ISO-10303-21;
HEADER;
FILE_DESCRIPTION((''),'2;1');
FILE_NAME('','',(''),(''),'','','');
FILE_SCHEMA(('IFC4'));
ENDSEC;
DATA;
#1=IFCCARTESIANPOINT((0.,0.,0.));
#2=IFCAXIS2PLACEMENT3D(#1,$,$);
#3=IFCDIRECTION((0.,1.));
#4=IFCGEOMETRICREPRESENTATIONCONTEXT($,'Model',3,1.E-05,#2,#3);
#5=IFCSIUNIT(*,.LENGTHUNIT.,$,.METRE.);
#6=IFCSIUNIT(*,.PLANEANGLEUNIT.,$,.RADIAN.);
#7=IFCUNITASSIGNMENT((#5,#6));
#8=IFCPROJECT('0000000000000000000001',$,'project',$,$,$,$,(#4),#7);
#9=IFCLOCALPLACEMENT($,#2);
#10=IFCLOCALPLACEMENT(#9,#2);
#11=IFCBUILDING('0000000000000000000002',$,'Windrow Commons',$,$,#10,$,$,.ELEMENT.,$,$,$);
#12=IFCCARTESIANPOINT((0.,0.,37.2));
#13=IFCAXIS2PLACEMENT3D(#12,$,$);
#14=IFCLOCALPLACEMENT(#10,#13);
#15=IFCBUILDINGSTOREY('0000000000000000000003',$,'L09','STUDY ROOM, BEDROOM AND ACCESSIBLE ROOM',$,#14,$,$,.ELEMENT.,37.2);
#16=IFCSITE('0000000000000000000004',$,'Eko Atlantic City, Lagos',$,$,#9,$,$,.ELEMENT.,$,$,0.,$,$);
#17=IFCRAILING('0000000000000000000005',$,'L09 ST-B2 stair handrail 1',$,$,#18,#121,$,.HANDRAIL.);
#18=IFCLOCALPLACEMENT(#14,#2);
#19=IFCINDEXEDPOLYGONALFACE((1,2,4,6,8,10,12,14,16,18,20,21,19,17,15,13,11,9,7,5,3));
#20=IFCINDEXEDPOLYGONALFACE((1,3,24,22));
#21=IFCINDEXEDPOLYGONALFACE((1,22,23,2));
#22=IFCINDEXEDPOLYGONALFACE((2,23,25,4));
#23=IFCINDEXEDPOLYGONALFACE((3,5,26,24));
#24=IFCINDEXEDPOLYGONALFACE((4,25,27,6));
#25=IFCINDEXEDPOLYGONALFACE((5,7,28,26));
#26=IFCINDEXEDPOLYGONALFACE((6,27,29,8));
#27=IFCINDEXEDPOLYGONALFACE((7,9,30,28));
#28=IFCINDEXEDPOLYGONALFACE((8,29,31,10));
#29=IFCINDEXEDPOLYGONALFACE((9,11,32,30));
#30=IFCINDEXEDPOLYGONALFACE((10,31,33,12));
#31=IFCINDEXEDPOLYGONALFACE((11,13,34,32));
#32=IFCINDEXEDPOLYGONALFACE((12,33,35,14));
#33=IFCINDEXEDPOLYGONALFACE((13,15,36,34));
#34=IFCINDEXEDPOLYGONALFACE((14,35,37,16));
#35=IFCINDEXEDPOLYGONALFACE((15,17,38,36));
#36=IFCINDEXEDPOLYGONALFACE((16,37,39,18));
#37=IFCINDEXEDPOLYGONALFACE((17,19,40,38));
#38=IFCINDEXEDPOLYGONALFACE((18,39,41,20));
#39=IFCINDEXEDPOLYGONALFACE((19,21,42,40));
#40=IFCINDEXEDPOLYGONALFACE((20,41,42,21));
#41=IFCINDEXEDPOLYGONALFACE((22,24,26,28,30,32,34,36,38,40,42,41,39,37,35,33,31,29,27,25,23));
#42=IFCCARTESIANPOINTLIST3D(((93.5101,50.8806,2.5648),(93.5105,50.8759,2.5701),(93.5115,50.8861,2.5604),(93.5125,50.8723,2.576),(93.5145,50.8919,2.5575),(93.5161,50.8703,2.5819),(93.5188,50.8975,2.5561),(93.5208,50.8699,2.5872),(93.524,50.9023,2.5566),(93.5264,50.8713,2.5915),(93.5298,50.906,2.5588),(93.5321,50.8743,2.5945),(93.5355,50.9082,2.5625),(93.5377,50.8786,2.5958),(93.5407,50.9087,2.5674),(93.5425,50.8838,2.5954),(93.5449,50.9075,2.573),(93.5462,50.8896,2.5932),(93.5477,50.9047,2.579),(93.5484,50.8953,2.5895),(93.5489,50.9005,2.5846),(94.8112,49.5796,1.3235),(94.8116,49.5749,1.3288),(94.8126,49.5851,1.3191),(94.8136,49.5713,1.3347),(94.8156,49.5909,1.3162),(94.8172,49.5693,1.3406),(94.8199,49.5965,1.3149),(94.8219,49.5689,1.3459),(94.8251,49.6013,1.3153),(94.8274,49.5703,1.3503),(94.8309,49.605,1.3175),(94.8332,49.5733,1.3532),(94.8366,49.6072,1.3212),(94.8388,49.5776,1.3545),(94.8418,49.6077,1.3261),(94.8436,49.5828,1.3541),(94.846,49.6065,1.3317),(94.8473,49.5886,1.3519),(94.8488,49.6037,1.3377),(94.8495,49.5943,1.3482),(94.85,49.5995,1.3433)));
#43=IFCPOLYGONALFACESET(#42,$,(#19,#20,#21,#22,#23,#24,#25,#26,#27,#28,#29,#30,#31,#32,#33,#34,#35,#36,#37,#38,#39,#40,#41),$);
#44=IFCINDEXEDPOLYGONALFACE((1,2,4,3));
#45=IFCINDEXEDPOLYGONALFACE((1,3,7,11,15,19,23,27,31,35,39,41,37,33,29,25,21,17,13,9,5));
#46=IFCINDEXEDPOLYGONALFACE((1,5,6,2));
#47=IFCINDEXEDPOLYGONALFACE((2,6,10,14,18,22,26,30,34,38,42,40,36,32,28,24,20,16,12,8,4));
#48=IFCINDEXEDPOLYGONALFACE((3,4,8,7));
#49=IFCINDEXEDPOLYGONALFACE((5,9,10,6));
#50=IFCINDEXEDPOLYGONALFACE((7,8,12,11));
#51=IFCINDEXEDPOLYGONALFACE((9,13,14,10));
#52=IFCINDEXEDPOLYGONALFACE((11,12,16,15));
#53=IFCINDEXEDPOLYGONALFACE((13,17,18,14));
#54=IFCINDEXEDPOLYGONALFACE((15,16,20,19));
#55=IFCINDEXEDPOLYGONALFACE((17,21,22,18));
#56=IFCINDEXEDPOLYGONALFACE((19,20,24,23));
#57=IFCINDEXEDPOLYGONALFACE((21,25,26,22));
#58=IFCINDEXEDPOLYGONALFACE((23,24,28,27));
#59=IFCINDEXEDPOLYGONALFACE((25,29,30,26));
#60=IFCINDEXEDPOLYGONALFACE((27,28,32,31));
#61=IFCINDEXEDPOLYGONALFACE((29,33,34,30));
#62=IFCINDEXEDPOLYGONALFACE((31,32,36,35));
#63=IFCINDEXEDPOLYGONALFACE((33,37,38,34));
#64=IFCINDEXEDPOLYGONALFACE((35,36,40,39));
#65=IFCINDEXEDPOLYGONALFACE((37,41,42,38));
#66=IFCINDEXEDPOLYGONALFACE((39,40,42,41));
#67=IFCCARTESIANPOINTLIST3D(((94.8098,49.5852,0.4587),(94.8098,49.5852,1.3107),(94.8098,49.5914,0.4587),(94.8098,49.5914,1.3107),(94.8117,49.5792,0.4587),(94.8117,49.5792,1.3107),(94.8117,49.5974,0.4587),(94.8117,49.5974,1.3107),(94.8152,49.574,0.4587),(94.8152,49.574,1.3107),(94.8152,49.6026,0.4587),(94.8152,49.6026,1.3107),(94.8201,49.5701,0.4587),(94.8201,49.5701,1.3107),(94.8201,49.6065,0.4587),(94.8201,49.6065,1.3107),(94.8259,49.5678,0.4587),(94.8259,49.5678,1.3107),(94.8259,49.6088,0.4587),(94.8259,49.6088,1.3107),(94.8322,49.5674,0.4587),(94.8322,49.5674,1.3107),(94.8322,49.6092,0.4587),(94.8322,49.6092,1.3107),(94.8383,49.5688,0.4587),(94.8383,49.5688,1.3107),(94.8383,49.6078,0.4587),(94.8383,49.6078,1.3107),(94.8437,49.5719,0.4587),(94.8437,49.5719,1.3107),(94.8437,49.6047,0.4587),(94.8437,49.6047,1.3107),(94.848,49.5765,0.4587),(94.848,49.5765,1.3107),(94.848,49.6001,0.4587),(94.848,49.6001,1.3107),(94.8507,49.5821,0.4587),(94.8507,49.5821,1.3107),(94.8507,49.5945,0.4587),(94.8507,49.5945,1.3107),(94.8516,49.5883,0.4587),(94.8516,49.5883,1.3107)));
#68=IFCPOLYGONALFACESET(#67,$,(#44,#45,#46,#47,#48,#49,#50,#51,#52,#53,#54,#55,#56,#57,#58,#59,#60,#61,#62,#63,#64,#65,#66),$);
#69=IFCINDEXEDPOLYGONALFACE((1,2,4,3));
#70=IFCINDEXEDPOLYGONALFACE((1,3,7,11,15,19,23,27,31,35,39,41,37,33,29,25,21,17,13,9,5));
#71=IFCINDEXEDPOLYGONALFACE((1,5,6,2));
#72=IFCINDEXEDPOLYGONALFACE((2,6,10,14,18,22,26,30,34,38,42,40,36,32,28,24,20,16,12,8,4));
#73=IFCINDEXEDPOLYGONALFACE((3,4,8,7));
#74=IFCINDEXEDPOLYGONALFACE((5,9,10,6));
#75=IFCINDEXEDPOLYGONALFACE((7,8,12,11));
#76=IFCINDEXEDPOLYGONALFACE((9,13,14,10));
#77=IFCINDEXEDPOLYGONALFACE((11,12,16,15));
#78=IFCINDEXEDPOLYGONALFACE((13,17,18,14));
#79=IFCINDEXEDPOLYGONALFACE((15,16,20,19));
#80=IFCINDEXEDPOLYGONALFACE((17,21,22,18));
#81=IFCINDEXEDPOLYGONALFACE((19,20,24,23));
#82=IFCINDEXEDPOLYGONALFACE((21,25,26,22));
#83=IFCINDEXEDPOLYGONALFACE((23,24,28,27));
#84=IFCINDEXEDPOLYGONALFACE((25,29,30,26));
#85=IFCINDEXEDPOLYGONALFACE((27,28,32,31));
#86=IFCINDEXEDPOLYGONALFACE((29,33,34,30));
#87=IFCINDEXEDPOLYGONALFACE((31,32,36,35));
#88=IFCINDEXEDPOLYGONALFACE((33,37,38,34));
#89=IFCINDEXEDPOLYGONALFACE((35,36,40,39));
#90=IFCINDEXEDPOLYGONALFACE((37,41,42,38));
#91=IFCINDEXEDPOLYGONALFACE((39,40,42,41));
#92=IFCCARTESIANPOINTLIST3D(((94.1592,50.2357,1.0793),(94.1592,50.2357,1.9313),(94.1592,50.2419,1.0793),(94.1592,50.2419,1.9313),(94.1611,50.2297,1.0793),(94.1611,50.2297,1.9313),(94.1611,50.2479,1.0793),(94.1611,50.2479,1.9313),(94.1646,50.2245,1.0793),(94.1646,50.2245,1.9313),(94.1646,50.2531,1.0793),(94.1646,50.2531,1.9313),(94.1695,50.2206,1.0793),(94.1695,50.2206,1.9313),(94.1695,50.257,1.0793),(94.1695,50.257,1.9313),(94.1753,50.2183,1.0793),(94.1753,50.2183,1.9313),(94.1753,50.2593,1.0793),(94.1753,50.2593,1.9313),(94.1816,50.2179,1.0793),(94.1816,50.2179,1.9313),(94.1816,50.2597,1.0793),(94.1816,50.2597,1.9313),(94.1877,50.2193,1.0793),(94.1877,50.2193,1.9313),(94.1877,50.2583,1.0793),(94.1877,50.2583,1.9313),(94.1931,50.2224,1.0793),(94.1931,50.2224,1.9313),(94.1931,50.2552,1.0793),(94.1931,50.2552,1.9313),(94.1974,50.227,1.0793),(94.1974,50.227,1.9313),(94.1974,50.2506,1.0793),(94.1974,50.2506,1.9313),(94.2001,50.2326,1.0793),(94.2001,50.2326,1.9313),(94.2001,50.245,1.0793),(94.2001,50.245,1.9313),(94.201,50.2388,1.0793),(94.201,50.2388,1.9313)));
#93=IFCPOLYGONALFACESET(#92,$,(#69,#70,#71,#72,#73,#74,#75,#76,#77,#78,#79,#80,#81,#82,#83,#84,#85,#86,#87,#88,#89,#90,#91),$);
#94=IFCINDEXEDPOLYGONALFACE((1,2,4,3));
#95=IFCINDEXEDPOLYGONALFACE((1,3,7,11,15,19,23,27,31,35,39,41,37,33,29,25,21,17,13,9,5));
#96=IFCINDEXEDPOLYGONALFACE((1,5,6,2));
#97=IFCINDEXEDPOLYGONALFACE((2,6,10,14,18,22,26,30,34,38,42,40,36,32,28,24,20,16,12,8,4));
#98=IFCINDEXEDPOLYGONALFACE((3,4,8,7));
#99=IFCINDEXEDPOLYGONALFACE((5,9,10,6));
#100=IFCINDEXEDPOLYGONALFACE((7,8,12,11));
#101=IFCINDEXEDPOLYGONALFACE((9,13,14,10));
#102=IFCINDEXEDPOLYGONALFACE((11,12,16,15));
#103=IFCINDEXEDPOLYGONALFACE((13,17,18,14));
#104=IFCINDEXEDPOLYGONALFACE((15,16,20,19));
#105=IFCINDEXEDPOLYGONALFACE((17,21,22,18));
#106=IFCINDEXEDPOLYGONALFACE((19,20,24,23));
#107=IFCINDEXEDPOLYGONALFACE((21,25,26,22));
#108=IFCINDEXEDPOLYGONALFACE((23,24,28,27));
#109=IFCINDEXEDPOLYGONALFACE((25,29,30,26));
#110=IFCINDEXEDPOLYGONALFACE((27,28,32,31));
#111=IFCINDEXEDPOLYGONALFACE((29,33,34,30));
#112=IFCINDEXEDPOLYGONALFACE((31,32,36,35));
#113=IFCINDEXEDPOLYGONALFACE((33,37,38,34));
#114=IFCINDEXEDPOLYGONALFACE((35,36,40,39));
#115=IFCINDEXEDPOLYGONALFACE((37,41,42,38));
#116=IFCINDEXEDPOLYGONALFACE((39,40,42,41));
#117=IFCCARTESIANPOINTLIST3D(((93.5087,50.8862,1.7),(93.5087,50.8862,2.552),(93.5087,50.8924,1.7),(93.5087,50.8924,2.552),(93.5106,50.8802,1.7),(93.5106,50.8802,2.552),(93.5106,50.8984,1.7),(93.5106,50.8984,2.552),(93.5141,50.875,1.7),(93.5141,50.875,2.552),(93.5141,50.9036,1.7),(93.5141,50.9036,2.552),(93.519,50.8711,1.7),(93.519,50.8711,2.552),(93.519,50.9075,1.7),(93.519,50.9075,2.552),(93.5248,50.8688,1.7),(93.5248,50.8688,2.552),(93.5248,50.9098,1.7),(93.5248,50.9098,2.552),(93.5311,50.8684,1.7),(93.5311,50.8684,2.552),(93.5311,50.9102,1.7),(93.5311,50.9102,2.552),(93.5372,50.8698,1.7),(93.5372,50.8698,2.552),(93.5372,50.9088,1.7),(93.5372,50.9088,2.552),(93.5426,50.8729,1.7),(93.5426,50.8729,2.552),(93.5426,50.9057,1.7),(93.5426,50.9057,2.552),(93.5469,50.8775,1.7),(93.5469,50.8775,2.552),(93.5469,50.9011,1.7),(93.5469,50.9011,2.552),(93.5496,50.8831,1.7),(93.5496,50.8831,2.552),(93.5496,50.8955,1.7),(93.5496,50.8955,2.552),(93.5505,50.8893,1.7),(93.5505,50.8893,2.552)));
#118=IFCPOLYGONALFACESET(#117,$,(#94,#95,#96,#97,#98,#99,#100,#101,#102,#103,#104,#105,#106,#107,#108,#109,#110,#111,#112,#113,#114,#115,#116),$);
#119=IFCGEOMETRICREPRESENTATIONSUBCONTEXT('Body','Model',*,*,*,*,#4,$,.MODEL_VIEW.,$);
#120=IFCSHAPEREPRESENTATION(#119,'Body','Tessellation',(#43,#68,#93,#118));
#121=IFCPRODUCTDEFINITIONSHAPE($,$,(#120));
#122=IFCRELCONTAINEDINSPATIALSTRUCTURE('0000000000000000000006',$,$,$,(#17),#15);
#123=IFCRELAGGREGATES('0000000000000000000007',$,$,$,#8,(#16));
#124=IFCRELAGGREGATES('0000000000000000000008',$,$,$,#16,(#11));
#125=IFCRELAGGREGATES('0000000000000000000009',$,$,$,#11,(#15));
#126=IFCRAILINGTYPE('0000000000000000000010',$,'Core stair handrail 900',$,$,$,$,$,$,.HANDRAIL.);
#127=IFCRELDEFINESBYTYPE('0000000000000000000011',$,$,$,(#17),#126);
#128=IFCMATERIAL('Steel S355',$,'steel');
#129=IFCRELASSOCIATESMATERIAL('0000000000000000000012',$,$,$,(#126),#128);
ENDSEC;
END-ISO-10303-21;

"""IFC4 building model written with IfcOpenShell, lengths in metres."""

from ifc_helpers import new_model, si_unit, direction, frame, origin, origin_2d, place, context, subcontext, project, spatial, circle, extrude, material, type_object, element, save


model = new_model("IFC4")

# Units and contexts
model_context = context("Model", 3, precision=1e-05, world=origin(), true_north=direction((0.0, 1.0)))
body_context = subcontext(model_context, "Body", "Model", "MODEL_VIEW")
ifc_project = project(units=[si_unit("LENGTHUNIT", "METRE"), si_unit("PLANEANGLEUNIT", "RADIAN")], contexts=[model_context])

# Site, building, storey
site_placement = place(None, origin())
site = spatial("IfcSite", under=ifc_project, at=site_placement, Name="Eko Atlantic City, Lagos", CompositionType="ELEMENT", RefElevation=0.0)
building_placement = place(site_placement, origin())
building = spatial("IfcBuilding", under=site, at=building_placement, Name="Windrow Commons", CompositionType="ELEMENT")
storey_placement = place(building_placement, frame((0.0, 0.0, 37.2)))
storey = spatial("IfcBuildingStorey", under=building, at=storey_placement, Name="L09", Description="STUDY ROOM, BEDROOM AND ACCESSIBLE ROOM", CompositionType="ELEMENT", Elevation=37.2)

# Railing
ifc_material_1 = material(Name="Steel S355", Category="steel")
railing_type_1 = type_object("IfcRailingType", Name="Core stair handrail 900", PredefinedType="HANDRAIL", material=ifc_material_1)
railing_1_placement = place(storey_placement, frame((94.8306, 49.5883, 0.4587)))
element("IfcRailing", 1, at=railing_1_placement, inside=storey, type_object=railing_type_1, Name="L09 ST-B2 stair handrail 1", PredefinedType="HANDRAIL", context=body_context, shape_type="SweptSolid", body=[
    extrude(circle(Radius=0.024, at=origin_2d()), frame((0.0, 0.0, 0.876), z_axis=(-0.586207, 0.586162, 0.559264), x_axis=(-0.70708, -0.707134, 0.0)), (0.0, 0.0, 1.0), 2.2195),
    extrude(circle(Radius=0.021, at=origin_2d()), origin(), (0.0, 0.0, 1.0), 0.852),
    extrude(circle(Radius=0.021, at=origin_2d()), frame((-0.6506, 0.6505, 0.6206)), (0.0, 0.0, 1.0), 0.852),
    extrude(circle(Radius=0.021, at=origin_2d()), frame((-1.3011, 1.301, 1.2413)), (0.0, 0.0, 1.0), 0.852),
])

save(model, "model.ifc")
